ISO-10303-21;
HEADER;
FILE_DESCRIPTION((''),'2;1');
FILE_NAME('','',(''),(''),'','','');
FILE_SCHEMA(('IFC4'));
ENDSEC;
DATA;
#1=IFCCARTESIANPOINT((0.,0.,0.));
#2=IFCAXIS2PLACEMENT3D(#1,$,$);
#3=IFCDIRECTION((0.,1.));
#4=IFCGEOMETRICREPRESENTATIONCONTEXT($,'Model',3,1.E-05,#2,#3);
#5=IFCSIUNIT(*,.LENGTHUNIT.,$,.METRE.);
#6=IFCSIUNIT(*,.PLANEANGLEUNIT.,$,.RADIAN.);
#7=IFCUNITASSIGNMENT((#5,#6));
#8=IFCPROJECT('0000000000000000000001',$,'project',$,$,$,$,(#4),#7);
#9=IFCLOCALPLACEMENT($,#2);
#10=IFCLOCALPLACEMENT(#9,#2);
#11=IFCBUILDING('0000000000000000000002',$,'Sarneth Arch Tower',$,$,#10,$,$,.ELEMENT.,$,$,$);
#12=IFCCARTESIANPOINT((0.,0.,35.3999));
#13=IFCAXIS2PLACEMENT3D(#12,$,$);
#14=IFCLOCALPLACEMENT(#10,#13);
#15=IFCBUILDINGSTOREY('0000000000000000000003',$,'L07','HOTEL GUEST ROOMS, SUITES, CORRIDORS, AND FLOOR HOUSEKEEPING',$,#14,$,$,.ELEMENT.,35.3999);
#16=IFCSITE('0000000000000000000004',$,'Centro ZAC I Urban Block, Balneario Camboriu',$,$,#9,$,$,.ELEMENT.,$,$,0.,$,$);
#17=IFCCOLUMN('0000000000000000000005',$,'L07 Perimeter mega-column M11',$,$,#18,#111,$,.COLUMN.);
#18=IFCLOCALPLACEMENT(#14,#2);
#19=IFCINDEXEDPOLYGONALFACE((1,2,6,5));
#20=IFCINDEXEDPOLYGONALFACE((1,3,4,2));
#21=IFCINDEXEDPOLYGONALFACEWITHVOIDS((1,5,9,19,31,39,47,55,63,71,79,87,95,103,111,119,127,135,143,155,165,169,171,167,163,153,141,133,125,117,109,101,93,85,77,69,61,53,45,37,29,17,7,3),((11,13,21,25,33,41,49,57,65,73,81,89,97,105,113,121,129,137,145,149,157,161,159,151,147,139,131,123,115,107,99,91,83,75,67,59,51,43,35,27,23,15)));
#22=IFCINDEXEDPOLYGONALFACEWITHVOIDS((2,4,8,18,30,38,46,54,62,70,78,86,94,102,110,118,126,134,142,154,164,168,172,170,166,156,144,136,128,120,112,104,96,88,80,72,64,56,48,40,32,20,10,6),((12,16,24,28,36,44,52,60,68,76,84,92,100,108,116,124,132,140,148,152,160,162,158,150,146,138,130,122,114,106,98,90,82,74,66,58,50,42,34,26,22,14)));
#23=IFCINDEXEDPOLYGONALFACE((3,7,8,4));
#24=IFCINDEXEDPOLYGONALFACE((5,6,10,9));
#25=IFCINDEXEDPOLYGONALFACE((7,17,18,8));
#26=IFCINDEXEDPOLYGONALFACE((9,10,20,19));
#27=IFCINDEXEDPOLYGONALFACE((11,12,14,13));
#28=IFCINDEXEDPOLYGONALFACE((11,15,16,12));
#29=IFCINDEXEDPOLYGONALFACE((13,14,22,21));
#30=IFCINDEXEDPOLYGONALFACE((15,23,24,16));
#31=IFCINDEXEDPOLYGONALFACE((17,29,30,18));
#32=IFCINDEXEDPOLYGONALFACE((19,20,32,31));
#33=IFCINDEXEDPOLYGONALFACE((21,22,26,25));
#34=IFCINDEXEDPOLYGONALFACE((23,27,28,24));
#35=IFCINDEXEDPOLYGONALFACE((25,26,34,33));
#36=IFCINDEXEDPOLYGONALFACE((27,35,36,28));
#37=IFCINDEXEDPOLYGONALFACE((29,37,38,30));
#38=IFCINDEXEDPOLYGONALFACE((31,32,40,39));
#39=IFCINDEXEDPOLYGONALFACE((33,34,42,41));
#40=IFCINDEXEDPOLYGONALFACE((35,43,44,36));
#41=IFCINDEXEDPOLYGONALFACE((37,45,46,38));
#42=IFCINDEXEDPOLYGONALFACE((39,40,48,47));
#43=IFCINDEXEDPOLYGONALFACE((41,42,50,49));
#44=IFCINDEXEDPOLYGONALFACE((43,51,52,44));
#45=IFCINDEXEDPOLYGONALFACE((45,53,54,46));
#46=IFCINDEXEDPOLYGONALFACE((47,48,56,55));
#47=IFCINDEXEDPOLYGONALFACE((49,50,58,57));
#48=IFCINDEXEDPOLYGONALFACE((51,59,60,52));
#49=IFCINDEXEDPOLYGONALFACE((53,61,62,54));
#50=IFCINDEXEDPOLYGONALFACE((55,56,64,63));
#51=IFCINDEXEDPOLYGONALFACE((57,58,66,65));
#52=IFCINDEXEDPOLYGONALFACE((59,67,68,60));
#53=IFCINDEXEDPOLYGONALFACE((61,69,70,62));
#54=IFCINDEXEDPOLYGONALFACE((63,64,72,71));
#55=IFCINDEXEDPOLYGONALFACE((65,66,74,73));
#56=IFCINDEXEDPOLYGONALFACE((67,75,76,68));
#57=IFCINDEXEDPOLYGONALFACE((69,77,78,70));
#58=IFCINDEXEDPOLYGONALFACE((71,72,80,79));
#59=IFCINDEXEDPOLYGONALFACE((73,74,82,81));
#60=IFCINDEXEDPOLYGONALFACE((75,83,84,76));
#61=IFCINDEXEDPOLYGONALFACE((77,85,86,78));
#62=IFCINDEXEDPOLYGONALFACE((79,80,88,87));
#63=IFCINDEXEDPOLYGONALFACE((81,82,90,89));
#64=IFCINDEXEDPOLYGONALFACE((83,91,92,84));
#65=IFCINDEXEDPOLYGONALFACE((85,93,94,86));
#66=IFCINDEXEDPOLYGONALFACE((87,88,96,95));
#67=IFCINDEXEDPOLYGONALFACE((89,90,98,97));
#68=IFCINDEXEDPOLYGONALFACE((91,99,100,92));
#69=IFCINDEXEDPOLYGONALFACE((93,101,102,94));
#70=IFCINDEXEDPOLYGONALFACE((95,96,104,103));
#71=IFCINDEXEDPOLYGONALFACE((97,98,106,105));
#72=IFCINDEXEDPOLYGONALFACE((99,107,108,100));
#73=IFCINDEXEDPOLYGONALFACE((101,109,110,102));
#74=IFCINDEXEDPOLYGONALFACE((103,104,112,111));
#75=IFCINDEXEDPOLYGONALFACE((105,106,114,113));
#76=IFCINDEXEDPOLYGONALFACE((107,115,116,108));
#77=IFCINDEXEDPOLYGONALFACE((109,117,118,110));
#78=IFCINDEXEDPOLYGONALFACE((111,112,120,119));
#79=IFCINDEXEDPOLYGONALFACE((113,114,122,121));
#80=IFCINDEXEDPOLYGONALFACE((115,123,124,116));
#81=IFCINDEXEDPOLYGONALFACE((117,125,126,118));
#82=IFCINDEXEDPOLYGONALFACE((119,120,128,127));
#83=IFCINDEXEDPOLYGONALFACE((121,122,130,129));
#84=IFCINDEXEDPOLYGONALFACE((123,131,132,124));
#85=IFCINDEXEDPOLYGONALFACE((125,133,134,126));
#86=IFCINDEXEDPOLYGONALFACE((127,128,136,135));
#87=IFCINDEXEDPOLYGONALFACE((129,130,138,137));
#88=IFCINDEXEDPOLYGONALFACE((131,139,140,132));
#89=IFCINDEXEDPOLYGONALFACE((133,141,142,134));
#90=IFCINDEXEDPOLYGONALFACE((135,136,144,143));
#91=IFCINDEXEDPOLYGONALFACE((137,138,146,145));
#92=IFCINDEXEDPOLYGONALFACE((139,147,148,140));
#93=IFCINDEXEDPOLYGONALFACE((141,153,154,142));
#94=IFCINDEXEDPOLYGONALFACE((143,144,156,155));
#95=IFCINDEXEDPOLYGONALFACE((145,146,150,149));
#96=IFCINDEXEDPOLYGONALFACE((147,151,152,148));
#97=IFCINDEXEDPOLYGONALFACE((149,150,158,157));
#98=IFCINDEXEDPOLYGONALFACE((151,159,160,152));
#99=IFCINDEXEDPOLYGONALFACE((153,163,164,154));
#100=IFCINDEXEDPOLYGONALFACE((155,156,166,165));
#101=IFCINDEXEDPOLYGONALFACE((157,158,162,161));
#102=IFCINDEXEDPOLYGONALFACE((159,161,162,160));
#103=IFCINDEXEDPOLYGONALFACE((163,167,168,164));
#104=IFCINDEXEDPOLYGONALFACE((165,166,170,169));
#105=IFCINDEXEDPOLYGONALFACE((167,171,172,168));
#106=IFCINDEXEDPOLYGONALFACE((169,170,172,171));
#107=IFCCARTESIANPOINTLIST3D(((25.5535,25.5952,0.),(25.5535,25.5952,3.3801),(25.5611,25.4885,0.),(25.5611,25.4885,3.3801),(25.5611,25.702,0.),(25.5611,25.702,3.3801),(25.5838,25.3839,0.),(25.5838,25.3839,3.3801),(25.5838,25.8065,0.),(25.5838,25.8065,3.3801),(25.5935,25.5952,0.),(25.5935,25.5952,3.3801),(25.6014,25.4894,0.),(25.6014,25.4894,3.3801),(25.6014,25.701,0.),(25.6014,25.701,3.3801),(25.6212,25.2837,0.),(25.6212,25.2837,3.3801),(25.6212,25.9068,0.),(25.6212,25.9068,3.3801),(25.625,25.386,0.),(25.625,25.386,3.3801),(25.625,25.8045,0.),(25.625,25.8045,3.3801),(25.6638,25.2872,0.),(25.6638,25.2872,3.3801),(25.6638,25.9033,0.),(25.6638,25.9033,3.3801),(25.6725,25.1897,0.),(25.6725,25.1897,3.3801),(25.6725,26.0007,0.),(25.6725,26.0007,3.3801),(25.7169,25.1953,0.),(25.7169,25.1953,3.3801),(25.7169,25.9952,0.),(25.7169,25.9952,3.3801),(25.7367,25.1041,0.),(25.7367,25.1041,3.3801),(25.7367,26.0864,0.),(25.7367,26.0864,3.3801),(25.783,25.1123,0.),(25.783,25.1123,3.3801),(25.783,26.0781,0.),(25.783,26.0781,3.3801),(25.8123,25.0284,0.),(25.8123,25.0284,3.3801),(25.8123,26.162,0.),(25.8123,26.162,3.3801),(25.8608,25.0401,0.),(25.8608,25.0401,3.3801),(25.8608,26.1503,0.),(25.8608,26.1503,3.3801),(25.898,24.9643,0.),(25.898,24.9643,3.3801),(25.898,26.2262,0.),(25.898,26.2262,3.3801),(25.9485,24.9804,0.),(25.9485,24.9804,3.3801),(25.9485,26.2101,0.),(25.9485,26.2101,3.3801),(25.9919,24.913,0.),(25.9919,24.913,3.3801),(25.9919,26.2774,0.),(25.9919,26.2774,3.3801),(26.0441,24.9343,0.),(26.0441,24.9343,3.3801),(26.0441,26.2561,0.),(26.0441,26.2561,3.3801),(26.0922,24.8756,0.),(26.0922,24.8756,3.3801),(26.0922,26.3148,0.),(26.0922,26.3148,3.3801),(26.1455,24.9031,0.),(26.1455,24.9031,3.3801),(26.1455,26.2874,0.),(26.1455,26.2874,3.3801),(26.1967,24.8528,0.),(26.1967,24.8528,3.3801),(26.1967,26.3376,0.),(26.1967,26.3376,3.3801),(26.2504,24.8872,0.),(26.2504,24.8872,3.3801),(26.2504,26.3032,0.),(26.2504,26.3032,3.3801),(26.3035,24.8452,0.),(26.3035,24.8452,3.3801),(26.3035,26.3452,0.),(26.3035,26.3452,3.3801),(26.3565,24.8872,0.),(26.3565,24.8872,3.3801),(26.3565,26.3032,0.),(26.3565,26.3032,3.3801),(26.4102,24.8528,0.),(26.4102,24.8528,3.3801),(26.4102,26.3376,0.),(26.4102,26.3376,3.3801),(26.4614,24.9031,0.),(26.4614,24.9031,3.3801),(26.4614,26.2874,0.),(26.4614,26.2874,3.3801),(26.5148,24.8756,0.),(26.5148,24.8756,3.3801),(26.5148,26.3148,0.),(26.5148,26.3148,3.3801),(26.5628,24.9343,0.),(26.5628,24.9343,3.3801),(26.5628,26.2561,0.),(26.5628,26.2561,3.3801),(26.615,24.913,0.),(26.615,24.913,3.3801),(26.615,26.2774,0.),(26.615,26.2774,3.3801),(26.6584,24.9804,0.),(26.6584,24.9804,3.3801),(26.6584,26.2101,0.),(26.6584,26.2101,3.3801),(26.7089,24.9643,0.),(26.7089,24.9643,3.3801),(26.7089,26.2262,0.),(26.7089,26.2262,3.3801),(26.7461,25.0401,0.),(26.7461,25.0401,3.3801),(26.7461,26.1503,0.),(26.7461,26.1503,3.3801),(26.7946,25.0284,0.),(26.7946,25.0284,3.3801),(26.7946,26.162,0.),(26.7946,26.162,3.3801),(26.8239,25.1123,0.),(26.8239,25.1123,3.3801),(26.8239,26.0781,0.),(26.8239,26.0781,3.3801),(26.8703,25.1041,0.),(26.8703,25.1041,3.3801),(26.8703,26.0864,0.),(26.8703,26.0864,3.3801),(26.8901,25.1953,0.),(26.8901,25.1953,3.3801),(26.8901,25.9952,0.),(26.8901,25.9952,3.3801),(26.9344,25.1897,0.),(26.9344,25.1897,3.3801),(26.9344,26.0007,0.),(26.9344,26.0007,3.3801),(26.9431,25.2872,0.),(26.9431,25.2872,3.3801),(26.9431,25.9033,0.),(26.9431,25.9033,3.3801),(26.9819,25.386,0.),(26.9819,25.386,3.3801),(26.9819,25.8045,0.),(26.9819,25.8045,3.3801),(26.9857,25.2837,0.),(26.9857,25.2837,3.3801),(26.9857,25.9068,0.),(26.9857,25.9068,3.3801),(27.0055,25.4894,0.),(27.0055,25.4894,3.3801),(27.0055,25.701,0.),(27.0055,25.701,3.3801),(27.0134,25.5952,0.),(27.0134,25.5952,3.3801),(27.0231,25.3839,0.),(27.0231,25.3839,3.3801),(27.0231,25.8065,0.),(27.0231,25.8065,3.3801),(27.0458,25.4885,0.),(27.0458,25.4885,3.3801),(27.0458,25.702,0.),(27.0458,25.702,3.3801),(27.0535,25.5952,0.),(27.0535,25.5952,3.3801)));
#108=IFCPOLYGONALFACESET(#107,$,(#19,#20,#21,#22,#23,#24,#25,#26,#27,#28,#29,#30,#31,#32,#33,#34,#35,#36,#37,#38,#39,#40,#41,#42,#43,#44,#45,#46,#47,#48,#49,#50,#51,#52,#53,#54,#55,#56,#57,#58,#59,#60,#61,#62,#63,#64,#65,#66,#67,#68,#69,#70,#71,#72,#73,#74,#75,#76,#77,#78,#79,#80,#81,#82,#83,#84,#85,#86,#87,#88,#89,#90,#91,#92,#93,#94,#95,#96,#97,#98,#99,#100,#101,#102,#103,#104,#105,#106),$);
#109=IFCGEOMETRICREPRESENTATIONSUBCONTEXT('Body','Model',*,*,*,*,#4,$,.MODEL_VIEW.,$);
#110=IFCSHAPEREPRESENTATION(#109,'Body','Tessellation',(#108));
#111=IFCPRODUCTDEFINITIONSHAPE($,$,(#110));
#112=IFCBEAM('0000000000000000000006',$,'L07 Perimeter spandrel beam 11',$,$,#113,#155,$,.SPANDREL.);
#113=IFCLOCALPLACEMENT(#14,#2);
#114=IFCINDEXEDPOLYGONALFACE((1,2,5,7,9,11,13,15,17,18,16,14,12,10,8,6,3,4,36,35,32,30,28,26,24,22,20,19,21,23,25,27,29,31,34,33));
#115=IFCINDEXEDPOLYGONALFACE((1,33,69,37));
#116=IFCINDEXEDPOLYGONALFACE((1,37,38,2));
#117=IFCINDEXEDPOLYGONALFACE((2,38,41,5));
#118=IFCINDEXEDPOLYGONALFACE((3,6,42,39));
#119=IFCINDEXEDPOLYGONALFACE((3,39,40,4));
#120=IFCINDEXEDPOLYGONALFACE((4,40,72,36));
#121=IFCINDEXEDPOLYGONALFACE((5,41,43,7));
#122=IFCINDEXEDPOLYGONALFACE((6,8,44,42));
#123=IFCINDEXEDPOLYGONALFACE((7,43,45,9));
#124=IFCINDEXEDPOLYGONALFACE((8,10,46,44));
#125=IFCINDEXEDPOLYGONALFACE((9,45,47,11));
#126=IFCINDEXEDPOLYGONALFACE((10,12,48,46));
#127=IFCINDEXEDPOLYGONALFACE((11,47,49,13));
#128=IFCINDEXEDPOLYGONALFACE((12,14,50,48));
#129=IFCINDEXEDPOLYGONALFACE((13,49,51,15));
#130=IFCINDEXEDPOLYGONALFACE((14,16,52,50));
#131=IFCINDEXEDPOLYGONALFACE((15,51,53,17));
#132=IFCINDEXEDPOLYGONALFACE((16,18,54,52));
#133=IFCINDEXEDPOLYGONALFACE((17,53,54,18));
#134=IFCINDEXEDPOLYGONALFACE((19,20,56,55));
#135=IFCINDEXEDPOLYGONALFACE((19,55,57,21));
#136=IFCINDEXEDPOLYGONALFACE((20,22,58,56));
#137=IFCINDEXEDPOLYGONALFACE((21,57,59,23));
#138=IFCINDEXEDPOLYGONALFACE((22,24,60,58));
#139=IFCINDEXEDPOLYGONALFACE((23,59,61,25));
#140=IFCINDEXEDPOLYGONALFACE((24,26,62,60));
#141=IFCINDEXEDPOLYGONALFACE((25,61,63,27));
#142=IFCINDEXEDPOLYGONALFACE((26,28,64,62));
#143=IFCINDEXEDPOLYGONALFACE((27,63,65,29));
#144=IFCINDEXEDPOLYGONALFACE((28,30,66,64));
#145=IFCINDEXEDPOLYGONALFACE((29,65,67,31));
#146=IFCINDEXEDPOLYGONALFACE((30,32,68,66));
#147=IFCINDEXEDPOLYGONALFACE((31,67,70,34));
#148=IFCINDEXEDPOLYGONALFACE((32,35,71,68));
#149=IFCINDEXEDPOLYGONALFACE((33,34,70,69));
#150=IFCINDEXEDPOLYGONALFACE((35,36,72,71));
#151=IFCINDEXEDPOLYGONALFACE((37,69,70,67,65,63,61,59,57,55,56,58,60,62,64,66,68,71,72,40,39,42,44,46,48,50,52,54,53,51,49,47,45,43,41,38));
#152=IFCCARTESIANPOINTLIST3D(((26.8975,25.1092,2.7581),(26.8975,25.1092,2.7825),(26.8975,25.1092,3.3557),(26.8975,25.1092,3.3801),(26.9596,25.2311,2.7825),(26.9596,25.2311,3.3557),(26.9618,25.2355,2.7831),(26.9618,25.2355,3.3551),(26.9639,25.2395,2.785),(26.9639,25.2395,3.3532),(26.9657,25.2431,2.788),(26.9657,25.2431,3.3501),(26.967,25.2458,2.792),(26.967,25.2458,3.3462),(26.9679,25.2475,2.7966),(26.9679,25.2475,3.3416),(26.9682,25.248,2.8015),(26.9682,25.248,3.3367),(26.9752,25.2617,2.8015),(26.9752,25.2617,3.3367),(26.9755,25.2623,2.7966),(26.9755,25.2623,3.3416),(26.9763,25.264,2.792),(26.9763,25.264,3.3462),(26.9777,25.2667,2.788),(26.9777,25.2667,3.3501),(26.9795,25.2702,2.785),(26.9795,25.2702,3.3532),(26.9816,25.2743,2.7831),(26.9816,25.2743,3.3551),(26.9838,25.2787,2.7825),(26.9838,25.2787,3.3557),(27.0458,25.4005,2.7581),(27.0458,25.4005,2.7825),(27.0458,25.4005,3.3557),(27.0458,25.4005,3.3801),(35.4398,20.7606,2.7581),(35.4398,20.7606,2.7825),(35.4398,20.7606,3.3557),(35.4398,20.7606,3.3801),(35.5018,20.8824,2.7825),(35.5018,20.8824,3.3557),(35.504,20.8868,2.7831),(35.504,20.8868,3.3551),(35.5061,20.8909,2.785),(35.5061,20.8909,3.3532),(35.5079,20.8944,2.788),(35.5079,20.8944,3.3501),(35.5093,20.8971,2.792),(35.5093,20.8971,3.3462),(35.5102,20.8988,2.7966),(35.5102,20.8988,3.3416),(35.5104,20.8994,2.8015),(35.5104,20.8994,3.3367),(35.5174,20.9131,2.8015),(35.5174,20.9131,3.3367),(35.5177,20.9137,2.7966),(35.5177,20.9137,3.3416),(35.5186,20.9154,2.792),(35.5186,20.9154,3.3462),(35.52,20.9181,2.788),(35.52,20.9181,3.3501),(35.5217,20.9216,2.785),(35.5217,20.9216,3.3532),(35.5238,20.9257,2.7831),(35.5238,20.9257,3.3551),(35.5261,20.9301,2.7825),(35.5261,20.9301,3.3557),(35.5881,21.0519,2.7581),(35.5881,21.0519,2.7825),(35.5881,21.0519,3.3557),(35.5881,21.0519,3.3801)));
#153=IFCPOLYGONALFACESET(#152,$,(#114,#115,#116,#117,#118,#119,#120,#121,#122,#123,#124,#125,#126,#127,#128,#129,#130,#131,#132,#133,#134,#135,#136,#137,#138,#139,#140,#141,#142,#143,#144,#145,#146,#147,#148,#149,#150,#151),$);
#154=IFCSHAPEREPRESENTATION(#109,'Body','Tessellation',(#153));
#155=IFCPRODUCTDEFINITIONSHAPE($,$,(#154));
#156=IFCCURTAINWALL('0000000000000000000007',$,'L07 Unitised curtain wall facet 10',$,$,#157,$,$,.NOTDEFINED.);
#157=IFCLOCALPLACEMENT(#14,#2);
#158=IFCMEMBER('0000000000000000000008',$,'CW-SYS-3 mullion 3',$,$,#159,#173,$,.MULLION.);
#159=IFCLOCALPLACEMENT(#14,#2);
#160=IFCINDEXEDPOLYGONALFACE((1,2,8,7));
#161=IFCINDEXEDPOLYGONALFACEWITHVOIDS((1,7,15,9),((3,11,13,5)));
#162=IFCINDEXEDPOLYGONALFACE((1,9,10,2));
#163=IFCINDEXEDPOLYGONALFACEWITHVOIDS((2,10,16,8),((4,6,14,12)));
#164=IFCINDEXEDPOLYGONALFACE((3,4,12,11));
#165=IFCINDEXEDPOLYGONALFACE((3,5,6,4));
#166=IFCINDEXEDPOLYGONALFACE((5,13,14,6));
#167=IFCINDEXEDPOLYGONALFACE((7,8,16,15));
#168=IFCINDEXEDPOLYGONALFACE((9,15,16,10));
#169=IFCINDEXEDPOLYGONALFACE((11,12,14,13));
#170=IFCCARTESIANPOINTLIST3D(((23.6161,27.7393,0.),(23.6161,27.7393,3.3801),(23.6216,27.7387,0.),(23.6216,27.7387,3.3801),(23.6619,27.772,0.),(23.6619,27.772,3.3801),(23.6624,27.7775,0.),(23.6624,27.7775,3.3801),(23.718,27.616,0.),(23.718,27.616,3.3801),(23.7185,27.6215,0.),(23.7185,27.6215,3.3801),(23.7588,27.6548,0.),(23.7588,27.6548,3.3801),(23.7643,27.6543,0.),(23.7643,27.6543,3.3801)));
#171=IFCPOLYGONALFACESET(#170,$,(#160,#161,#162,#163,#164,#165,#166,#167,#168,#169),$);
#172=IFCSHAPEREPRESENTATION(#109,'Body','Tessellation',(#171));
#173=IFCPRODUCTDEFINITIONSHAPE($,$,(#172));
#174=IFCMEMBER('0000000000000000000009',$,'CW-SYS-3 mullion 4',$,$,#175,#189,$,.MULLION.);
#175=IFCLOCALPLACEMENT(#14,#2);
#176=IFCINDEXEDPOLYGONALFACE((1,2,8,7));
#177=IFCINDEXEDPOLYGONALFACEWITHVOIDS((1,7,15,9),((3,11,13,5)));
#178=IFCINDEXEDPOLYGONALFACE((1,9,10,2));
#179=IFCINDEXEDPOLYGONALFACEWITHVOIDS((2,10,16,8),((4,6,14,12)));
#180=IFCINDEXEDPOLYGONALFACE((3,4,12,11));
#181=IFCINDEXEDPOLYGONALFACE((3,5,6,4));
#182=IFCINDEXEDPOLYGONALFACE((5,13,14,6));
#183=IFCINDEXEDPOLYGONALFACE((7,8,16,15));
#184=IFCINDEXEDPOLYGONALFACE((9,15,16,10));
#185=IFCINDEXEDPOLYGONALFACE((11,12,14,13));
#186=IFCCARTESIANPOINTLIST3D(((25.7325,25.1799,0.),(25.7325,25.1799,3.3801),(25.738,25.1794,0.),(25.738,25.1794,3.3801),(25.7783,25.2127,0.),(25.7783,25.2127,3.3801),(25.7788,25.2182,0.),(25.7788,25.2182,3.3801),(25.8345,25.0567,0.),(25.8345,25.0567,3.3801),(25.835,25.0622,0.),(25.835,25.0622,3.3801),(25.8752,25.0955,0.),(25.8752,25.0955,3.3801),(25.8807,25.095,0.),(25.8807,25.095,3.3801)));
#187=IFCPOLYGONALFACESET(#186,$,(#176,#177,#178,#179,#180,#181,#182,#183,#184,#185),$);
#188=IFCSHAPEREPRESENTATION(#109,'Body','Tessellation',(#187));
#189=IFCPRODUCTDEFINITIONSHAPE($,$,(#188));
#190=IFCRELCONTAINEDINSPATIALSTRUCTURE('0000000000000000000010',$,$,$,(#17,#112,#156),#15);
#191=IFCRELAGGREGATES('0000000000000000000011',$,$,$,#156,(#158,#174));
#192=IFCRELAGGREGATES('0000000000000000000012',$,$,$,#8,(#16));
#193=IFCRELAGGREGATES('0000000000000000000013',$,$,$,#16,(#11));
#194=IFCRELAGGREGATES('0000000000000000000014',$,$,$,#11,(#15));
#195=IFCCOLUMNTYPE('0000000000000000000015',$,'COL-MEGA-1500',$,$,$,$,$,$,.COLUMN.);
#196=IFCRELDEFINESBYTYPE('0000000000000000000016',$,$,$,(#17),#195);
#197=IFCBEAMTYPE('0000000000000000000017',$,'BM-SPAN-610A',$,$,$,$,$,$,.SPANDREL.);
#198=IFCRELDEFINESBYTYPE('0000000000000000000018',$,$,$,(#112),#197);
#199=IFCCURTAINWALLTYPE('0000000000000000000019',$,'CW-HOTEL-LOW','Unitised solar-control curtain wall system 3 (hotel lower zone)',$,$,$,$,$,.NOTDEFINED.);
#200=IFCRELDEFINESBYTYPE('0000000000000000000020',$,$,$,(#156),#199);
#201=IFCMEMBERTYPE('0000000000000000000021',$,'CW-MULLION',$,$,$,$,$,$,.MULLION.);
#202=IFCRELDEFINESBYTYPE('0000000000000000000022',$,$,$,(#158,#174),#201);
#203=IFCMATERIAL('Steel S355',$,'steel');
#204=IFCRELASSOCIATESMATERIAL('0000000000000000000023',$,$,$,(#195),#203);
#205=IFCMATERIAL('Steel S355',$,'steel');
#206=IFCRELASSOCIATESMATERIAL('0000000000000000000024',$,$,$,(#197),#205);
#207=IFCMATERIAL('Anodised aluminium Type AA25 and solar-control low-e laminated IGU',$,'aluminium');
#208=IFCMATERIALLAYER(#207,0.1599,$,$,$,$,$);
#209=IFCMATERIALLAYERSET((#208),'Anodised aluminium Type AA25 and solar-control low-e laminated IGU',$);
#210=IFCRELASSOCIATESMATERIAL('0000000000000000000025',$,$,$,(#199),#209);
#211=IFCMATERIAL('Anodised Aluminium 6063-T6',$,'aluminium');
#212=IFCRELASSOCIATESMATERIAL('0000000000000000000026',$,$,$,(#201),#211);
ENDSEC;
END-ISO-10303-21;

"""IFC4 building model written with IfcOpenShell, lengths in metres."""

from ifc_helpers import new_model, si_unit, direction, frame, origin, origin_2d, place, context, subcontext, project, spatial, hollow_rectangle, hollow_circle, i_section, extrude, material, layer, layer_set, material_profile, profile_set, type_object, element, aggregate, save


model = new_model("IFC4")

# Units and contexts
model_context = context("Model", 3, precision=1e-05, world=origin(), true_north=direction((0.0, 1.0)))
body_context = subcontext(model_context, "Body", "Model", "MODEL_VIEW")
ifc_project = project(units=[si_unit("LENGTHUNIT", "METRE"), si_unit("PLANEANGLEUNIT", "RADIAN")], contexts=[model_context])

# Site, building, storey
site_placement = place(None, origin())
site = spatial("IfcSite", under=ifc_project, at=site_placement, Name="Centro ZAC I Urban Block, Balneario Camboriu", CompositionType="ELEMENT", RefElevation=0.0)
building_placement = place(site_placement, origin())
building = spatial("IfcBuilding", under=site, at=building_placement, Name="Sarneth Arch Tower", CompositionType="ELEMENT")
storey_placement = place(building_placement, frame((0.0, 0.0, 35.3999)))
storey = spatial("IfcBuildingStorey", under=building, at=storey_placement, Name="L07", Description="HOTEL GUEST ROOMS, SUITES, CORRIDORS, AND FLOOR HOUSEKEEPING", CompositionType="ELEMENT", Elevation=35.3999)

# Column
ifc_material_1 = material(Name="Steel S355", Category="steel")
ifc_material_profile_1 = material_profile(ifc_material_1, hollow_circle(Radius=0.75, WallThickness=0.04, at=origin_2d()), Name="CHS1500x40")
ifc_profile_set_1 = profile_set([ifc_material_profile_1], Name="Steel S355")
column_type = type_object("IfcColumnType", Name="COL-MEGA-1500", PredefinedType="COLUMN", material=ifc_profile_set_1)
column_placement = place(storey_placement, frame((26.3035, 25.5952, 0.0), z_axis=(0.0, 0.0, 1.0), x_axis=(1.0, 0.0, 0.0)))
element("IfcColumn", 1, at=column_placement, inside=storey, type_object=column_type, Name="L07 Perimeter mega-column M11", PredefinedType="COLUMN", context=body_context, shape_type="SweptSolid", body=[
    extrude(hollow_circle(Radius=0.75, WallThickness=0.04, at=origin_2d()), origin(), (0.0, 0.0, 1.0), 3.3801),
])

# Beam
ifc_material_2 = material(Name="Steel S355", Category="steel")
ifc_material_profile_2 = material_profile(ifc_material_2, i_section(OverallWidth=0.3269, OverallDepth=0.6221, WebThickness=0.0154, FlangeThickness=0.0244, FilletRadius=0.019, at=origin_2d()), Name="W610x195")
ifc_profile_set_2 = profile_set([ifc_material_profile_2], Name="Steel S355")
beam_type = type_object("IfcBeamType", Name="BM-SPAN-610A", PredefinedType="SPANDREL", material=ifc_profile_set_2)
beam_placement = place(storey_placement, frame((26.9717, 25.2549, 3.0691), z_axis=(0.891169, -0.453671, 0.0), x_axis=(0.453671, 0.891169, 0.0)))
element("IfcBeam", 2, at=beam_placement, inside=storey, type_object=beam_type, Name="L07 Perimeter spandrel beam 11", PredefinedType="SPANDREL", context=body_context, shape_type="SweptSolid", body=[
    extrude(i_section(OverallWidth=0.3269, OverallDepth=0.6221, WebThickness=0.0154, FlangeThickness=0.0244, FilletRadius=0.019, at=origin_2d()), origin(), (0.0, 0.0, 1.0), 9.5854),
])

# Curtain wall, members
ifc_material_3 = material(Name="Anodised aluminium Type AA25 and solar-control low-e laminated IGU", Category="aluminium")
ifc_layer_1 = layer(ifc_material_3, 0.1599)
ifc_layer_set_1 = layer_set([ifc_layer_1], Name="Anodised aluminium Type AA25 and solar-control low-e laminated IGU")
curtain_wall_type = type_object("IfcCurtainWallType", Name="CW-HOTEL-LOW", Description="Unitised solar-control curtain wall system 3 (hotel lower zone)", PredefinedType="NOTDEFINED", material=ifc_layer_set_1)
curtain_wall_placement = place(storey_placement, origin())
curtain_wall = element("IfcCurtainWall", 3, at=curtain_wall_placement, inside=storey, type_object=curtain_wall_type, Name="L07 Unitised curtain wall facet 10", PredefinedType="NOTDEFINED")
ifc_material_4 = material(Name="Anodised Aluminium 6063-T6", Category="aluminium")
ifc_material_profile_3 = material_profile(ifc_material_4, hollow_rectangle(XDim=0.0601, YDim=0.1599, WallThickness=0.0039, at=origin_2d()), Name="AL-MULL-160x60x4")
ifc_profile_set_3 = profile_set([ifc_material_profile_3], Name="Anodised Aluminium 6063-T6")
member_type_1 = type_object("IfcMemberType", Name="CW-MULLION", PredefinedType="MULLION", material=ifc_profile_set_3)
member_1_placement = place(storey_placement, frame((23.6902, 27.6968, 0.0), z_axis=(0.0, 0.0, 1.0), x_axis=(0.770623, 0.637291, 0.0)))
member_1 = element("IfcMember", 4, at=member_1_placement, type_object=member_type_1, Name="CW-SYS-3 mullion 3", PredefinedType="MULLION", context=body_context, shape_type="SweptSolid", body=[
    extrude(hollow_rectangle(XDim=0.0601, YDim=0.1599, WallThickness=0.0039, at=origin_2d()), origin(), (0.0, 0.0, 1.0), 3.3801),
])
member_2_placement = place(storey_placement, frame((25.8066, 25.1375, 0.0), z_axis=(0.0, 0.0, 1.0), x_axis=(0.770623, 0.637291, 0.0)))
member_2 = element("IfcMember", 5, at=member_2_placement, type_object=member_type_1, Name="CW-SYS-3 mullion 4", PredefinedType="MULLION", context=body_context, shape_type="SweptSolid", body=[
    extrude(hollow_rectangle(XDim=0.0601, YDim=0.1599, WallThickness=0.0039, at=origin_2d()), origin(), (0.0, 0.0, 1.0), 3.3801),
])

aggregate(curtain_wall, [member_1, member_2])

save(model, "model.ifc")
